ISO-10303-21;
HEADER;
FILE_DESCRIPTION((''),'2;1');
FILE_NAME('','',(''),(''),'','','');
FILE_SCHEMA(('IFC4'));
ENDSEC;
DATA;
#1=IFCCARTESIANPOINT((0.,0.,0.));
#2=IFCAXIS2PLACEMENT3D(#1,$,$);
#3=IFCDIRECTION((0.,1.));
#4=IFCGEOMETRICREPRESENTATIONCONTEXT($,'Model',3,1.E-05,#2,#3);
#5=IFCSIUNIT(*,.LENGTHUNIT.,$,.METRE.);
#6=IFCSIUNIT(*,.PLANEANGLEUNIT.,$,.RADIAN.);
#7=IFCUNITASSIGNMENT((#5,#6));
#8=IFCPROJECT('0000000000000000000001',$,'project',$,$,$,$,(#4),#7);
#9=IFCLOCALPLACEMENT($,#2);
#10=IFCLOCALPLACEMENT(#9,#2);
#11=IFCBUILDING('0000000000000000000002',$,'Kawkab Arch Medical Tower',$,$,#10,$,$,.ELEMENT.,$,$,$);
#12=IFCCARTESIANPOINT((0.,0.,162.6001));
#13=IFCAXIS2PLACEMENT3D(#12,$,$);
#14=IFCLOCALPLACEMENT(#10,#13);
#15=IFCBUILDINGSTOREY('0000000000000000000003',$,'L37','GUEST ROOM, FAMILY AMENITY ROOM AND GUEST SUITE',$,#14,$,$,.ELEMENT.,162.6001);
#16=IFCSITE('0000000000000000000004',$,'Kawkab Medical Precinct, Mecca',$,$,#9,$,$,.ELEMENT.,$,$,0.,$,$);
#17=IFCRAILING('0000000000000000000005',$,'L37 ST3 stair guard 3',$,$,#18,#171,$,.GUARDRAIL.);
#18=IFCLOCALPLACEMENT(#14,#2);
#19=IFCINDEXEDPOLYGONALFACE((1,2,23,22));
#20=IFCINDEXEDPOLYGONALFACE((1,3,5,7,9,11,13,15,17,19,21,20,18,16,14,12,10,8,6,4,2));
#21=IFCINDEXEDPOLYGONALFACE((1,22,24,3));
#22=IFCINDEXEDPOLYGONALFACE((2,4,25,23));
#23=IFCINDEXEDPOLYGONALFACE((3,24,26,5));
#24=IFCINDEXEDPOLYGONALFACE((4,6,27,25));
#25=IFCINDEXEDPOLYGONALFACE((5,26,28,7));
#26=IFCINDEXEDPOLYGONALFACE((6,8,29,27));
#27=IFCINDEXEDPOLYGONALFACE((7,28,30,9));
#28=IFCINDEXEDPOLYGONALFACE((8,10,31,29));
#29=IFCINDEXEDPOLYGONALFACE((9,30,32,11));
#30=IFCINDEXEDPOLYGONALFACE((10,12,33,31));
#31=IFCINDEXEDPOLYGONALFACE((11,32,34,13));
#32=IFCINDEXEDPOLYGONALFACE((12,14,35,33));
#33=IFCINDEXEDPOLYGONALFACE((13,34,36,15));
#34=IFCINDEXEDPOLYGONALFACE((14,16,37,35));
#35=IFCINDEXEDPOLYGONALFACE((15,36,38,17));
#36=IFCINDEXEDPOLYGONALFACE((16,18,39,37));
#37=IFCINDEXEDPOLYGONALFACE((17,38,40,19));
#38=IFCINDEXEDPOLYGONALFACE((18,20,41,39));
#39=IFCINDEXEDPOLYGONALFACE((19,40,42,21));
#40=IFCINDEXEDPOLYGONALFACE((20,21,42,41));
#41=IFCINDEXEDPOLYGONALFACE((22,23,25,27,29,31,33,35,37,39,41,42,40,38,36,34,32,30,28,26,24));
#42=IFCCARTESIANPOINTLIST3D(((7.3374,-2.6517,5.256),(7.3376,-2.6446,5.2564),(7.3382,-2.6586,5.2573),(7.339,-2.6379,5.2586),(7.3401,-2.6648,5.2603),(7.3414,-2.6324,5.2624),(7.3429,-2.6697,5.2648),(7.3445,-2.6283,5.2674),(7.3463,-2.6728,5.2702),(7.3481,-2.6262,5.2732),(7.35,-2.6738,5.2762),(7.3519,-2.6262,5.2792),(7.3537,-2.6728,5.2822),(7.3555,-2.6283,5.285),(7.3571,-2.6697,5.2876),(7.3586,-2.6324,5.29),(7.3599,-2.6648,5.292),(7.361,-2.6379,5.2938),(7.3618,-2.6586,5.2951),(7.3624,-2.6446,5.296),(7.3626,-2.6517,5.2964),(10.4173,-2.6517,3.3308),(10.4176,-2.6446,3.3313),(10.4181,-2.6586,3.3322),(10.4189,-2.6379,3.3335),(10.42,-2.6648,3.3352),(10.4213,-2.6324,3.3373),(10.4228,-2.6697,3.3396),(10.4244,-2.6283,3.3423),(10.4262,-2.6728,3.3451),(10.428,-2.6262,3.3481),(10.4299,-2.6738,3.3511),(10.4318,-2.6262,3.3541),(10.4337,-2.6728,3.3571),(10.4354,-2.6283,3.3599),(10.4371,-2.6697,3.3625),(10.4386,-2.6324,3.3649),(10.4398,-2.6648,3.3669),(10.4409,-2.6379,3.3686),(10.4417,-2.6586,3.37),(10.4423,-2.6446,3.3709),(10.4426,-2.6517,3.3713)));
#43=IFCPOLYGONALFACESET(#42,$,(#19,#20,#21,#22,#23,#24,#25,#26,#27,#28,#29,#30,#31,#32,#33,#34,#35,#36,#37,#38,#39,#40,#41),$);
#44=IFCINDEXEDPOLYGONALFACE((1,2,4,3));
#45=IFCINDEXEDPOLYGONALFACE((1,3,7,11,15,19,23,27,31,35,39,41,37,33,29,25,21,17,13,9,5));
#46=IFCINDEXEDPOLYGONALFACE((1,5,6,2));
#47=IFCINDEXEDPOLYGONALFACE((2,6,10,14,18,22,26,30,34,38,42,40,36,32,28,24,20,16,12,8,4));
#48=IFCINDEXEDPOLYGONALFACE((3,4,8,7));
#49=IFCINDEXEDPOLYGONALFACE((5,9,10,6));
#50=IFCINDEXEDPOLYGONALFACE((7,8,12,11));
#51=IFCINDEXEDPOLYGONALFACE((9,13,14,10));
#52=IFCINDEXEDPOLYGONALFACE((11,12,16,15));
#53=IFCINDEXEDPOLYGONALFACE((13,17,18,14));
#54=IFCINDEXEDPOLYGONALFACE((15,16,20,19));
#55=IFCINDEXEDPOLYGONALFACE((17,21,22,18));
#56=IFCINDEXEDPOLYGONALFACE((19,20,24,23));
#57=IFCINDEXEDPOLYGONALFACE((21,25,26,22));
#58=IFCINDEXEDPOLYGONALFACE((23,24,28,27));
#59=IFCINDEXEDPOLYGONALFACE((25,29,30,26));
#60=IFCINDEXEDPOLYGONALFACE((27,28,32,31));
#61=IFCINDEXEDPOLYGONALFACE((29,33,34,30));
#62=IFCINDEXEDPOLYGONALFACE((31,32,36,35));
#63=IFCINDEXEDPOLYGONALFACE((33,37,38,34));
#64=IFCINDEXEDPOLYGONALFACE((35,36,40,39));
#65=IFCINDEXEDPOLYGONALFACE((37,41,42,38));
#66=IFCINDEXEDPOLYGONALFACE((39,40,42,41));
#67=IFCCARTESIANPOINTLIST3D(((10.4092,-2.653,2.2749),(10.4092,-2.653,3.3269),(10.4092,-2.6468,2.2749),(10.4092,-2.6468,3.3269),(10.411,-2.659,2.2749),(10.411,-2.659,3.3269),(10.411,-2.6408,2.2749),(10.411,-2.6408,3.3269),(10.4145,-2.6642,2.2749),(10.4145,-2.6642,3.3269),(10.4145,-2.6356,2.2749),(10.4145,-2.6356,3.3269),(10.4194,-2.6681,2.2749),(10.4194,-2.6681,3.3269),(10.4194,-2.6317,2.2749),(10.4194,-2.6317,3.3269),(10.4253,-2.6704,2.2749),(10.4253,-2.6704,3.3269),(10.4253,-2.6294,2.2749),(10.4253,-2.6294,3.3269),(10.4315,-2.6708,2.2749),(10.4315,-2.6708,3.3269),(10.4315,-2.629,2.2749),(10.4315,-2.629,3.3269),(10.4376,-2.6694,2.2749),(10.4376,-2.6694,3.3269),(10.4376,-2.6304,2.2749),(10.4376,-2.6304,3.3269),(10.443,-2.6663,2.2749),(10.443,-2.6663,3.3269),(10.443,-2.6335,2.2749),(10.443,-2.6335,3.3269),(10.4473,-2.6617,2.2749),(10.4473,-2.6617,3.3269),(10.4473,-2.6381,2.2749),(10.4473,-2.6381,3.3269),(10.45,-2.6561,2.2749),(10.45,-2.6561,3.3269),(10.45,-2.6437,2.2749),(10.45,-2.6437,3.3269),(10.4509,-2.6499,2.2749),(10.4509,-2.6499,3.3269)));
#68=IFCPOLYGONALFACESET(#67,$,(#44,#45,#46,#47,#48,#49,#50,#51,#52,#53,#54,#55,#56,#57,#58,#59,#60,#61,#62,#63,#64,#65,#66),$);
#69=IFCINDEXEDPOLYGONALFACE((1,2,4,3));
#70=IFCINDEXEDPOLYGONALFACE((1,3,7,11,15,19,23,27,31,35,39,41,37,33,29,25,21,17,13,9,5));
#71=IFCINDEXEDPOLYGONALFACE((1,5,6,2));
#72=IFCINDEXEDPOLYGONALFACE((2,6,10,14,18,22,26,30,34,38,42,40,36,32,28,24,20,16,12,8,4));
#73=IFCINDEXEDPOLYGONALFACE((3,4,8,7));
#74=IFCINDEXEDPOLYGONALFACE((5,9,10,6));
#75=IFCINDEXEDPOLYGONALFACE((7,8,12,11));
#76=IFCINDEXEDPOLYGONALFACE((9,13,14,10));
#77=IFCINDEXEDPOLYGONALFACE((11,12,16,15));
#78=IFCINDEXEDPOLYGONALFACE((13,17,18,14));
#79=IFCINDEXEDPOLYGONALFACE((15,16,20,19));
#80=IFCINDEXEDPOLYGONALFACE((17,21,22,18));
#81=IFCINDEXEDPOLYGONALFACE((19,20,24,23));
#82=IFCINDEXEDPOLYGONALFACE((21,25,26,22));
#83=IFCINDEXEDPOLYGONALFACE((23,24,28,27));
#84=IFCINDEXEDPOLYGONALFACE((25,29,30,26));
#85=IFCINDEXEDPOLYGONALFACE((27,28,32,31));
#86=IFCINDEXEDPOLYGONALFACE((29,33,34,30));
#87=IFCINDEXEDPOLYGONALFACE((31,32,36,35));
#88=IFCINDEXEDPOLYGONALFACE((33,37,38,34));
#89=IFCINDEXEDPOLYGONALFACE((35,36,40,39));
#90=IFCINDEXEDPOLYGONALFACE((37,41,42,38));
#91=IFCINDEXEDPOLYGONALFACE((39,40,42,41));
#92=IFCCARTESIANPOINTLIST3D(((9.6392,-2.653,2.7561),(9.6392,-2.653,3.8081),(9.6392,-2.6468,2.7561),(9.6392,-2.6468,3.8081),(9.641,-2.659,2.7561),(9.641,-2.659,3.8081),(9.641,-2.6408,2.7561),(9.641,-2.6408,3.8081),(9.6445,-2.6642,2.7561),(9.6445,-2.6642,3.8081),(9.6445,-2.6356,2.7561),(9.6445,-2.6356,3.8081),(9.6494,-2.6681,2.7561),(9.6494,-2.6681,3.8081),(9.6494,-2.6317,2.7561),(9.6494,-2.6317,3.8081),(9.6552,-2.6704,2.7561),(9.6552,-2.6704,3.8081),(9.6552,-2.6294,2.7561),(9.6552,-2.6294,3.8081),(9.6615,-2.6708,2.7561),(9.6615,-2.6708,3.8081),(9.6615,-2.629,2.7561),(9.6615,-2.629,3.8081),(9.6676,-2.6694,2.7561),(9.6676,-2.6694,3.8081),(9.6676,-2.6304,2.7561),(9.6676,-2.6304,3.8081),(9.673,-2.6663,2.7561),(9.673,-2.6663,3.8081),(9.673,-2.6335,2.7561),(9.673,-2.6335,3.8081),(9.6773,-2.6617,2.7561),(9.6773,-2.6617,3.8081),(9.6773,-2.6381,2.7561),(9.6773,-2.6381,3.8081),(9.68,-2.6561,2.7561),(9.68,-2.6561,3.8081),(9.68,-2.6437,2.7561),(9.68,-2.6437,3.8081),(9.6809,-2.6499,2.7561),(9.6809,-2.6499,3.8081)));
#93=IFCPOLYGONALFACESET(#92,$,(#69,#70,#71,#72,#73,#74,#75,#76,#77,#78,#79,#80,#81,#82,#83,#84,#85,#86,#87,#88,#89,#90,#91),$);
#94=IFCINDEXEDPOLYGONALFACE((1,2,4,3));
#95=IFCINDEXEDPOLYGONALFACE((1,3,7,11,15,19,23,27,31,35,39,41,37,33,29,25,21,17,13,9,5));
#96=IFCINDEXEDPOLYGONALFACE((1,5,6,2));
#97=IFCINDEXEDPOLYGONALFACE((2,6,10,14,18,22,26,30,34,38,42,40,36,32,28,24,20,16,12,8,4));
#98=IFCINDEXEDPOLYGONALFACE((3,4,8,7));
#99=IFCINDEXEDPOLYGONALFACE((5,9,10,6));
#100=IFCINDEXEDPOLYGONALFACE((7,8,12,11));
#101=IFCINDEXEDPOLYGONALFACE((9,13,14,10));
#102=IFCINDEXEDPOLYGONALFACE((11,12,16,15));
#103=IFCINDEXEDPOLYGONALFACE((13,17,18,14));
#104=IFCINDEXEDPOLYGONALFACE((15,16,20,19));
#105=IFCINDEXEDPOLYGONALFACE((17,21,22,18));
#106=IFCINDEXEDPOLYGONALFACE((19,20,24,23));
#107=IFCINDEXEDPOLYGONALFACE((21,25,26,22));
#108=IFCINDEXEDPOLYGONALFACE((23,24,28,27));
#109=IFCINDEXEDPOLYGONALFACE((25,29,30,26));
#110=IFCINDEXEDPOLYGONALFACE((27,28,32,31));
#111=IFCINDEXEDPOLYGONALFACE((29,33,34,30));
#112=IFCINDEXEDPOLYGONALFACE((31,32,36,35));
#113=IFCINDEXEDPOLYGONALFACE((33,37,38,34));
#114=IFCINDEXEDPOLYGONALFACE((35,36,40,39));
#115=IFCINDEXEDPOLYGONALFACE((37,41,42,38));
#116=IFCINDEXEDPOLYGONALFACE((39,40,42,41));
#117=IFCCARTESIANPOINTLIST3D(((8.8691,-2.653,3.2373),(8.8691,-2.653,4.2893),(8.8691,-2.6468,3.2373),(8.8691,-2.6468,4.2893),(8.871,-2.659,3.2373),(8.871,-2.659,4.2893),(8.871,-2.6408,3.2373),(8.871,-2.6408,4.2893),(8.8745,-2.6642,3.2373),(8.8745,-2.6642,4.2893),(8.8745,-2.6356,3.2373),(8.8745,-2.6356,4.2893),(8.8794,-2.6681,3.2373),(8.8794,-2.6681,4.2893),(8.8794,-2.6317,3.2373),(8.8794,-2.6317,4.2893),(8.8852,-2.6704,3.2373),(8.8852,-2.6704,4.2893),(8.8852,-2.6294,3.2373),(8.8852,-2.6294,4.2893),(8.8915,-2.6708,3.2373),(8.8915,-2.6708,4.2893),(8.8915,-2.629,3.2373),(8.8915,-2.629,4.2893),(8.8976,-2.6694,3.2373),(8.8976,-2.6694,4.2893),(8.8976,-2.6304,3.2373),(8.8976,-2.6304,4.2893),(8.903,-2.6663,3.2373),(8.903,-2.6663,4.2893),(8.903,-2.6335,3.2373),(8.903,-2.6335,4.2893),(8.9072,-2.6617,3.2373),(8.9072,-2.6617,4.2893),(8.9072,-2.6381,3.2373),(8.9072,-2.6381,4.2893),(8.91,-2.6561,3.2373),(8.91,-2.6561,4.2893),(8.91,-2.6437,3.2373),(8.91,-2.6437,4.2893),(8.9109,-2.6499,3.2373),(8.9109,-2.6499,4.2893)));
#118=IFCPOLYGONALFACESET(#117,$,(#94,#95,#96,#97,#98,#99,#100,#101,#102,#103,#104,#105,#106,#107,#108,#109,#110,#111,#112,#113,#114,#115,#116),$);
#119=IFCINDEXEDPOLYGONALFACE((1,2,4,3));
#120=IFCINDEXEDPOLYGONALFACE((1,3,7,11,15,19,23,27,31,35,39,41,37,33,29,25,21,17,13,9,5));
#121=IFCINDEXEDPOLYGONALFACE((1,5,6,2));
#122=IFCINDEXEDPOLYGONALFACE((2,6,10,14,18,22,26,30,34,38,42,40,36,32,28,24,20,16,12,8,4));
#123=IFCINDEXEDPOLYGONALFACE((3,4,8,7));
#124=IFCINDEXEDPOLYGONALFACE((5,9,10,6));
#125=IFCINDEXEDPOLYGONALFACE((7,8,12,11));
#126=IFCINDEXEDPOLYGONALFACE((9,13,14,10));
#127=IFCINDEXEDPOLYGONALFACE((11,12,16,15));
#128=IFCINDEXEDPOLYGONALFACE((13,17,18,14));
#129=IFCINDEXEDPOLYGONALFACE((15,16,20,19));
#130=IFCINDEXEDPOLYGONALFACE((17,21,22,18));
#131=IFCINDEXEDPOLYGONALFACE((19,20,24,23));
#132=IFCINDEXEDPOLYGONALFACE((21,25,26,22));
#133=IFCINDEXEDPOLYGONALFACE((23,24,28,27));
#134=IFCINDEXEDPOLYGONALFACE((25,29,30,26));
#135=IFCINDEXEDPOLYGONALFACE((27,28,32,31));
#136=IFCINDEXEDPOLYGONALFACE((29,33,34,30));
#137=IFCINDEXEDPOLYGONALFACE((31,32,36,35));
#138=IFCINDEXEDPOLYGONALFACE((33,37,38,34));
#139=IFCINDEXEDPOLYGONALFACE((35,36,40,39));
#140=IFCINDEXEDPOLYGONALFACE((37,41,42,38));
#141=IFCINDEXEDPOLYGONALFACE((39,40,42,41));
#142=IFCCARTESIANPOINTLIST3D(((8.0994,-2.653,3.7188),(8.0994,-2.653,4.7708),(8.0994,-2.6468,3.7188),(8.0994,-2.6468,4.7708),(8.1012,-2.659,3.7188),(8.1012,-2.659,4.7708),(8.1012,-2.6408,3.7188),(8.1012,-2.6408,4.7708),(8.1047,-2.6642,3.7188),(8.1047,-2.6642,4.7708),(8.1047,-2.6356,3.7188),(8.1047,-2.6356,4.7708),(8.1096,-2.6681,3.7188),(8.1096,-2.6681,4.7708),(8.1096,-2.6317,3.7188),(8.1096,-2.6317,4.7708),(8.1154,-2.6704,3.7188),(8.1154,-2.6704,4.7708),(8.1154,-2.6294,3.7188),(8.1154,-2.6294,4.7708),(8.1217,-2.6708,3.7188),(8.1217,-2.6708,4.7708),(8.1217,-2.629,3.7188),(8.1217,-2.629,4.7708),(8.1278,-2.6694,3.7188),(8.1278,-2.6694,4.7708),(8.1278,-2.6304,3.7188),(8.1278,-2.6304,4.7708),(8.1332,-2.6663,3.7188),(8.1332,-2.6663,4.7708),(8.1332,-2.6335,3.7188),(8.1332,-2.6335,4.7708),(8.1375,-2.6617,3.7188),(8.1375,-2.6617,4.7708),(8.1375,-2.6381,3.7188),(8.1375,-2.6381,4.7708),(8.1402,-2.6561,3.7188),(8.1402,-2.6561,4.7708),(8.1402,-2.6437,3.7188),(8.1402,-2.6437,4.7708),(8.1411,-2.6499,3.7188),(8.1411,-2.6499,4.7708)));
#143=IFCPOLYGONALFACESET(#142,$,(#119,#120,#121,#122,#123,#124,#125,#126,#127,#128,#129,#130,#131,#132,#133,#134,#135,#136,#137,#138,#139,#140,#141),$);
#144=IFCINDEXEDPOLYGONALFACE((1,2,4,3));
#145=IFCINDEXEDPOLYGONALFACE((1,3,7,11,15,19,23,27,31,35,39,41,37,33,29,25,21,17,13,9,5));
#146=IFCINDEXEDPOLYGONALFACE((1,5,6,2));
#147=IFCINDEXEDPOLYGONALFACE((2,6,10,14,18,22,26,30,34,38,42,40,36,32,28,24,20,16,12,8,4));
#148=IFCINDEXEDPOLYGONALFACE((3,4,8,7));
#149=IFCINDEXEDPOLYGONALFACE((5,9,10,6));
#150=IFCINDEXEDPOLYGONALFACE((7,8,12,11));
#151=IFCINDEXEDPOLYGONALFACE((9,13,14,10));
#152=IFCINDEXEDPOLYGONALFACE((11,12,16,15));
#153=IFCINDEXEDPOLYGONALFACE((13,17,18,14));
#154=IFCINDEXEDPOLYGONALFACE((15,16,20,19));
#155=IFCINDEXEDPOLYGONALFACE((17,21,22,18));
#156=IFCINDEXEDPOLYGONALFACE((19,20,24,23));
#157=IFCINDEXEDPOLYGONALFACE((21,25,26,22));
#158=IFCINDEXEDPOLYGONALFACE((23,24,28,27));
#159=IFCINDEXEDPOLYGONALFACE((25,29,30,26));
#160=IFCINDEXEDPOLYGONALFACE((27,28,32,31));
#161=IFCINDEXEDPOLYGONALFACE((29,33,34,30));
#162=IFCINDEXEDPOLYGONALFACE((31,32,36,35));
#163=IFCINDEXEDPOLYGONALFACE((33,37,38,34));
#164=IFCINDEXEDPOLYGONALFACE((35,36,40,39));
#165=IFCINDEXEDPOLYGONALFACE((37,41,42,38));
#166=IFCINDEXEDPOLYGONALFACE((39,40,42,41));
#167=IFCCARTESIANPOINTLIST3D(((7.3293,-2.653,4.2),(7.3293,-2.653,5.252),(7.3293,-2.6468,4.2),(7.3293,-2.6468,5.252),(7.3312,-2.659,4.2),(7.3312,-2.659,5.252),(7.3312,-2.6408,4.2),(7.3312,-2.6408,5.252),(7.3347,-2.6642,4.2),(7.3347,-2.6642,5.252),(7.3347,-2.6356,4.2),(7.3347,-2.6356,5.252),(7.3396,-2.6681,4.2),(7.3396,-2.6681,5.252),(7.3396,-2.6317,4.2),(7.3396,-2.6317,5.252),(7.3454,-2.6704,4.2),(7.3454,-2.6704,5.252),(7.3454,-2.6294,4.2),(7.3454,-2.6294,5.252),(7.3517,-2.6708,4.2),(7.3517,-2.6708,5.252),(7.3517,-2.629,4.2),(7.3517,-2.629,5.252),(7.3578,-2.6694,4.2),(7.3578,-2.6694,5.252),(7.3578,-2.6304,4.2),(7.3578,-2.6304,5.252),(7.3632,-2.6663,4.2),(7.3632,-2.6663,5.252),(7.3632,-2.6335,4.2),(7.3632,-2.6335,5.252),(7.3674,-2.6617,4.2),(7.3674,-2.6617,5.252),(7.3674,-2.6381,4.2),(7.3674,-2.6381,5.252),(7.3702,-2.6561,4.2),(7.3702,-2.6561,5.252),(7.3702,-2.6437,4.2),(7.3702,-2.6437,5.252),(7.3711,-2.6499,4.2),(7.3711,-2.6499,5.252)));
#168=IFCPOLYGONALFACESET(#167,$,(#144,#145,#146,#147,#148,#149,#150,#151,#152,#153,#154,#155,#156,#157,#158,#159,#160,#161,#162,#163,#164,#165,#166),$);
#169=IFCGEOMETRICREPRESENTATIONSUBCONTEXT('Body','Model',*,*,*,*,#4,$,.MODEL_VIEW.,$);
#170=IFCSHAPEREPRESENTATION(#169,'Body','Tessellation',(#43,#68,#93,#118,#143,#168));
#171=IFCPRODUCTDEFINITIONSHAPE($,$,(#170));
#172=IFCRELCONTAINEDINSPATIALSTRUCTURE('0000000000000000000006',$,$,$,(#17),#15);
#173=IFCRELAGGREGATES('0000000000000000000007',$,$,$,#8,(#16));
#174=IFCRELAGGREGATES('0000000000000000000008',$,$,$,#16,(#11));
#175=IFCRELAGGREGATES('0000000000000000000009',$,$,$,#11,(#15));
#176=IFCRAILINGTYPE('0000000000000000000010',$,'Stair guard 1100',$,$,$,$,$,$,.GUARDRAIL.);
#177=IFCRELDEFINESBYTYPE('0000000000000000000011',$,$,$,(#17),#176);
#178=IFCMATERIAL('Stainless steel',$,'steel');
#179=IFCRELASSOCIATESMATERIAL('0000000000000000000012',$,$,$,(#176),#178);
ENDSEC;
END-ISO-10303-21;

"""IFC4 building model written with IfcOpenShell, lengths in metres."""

from ifc_helpers import new_model, si_unit, direction, frame, origin, origin_2d, place, context, subcontext, project, spatial, circle, extrude, material, type_object, element, save


model = new_model("IFC4")

# Units and contexts
model_context = context("Model", 3, precision=1e-05, world=origin(), true_north=direction((0.0, 1.0)))
body_context = subcontext(model_context, "Body", "Model", "MODEL_VIEW")
ifc_project = project(units=[si_unit("LENGTHUNIT", "METRE"), si_unit("PLANEANGLEUNIT", "RADIAN")], contexts=[model_context])

# Site, building, storey
site_placement = place(None, origin())
site = spatial("IfcSite", under=ifc_project, at=site_placement, Name="Kawkab Medical Precinct, Mecca", CompositionType="ELEMENT", RefElevation=0.0)
building_placement = place(site_placement, origin())
building = spatial("IfcBuilding", under=site, at=building_placement, Name="Kawkab Arch Medical Tower", CompositionType="ELEMENT")
storey_placement = place(building_placement, frame((0.0, 0.0, 162.6001)))
storey = spatial("IfcBuildingStorey", under=building, at=storey_placement, Name="L37", Description="GUEST ROOM, FAMILY AMENITY ROOM AND GUEST SUITE", CompositionType="ELEMENT", Elevation=162.6001)

# Railing
ifc_material_1 = material(Name="Stainless steel", Category="steel")
railing_type_1 = type_object("IfcRailingType", Name="Stair guard 1100", PredefinedType="GUARDRAIL", material=ifc_material_1)
railing_1_placement = place(storey_placement, frame((10.4299, -2.6499, 2.2749)))
element("IfcRailing", 1, at=railing_1_placement, inside=storey, type_object=railing_type_1, Name="L37 ST3 stair guard 3", PredefinedType="GUARDRAIL", context=body_context, shape_type="SweptSolid", body=[
    extrude(circle(Radius=0.0239, at=origin_2d()), frame((0.0, 0.0, 1.0762), z_axis=(-0.847979, 0.0, 0.530029), x_axis=(0.0, -1.0, 0.0)), (0.0, 0.0, 1.0), 3.6321),
    extrude(circle(Radius=0.021, at=origin_2d()), origin(), (0.0, 0.0, 1.0), 1.052),
    extrude(circle(Radius=0.021, at=origin_2d()), frame((-0.77, 0.0, 0.4812)), (0.0, 0.0, 1.0), 1.052),
    extrude(circle(Radius=0.021, at=origin_2d()), frame((-1.54, 0.0, 0.9624)), (0.0, 0.0, 1.0), 1.052),
    extrude(circle(Radius=0.021, at=origin_2d()), frame((-2.3098, 0.0, 1.4438)), (0.0, 0.0, 1.0), 1.052),
    extrude(circle(Radius=0.021, at=origin_2d()), frame((-3.0798, 0.0, 1.925)), (0.0, 0.0, 1.0), 1.052),
])

save(model, "model.ifc")
